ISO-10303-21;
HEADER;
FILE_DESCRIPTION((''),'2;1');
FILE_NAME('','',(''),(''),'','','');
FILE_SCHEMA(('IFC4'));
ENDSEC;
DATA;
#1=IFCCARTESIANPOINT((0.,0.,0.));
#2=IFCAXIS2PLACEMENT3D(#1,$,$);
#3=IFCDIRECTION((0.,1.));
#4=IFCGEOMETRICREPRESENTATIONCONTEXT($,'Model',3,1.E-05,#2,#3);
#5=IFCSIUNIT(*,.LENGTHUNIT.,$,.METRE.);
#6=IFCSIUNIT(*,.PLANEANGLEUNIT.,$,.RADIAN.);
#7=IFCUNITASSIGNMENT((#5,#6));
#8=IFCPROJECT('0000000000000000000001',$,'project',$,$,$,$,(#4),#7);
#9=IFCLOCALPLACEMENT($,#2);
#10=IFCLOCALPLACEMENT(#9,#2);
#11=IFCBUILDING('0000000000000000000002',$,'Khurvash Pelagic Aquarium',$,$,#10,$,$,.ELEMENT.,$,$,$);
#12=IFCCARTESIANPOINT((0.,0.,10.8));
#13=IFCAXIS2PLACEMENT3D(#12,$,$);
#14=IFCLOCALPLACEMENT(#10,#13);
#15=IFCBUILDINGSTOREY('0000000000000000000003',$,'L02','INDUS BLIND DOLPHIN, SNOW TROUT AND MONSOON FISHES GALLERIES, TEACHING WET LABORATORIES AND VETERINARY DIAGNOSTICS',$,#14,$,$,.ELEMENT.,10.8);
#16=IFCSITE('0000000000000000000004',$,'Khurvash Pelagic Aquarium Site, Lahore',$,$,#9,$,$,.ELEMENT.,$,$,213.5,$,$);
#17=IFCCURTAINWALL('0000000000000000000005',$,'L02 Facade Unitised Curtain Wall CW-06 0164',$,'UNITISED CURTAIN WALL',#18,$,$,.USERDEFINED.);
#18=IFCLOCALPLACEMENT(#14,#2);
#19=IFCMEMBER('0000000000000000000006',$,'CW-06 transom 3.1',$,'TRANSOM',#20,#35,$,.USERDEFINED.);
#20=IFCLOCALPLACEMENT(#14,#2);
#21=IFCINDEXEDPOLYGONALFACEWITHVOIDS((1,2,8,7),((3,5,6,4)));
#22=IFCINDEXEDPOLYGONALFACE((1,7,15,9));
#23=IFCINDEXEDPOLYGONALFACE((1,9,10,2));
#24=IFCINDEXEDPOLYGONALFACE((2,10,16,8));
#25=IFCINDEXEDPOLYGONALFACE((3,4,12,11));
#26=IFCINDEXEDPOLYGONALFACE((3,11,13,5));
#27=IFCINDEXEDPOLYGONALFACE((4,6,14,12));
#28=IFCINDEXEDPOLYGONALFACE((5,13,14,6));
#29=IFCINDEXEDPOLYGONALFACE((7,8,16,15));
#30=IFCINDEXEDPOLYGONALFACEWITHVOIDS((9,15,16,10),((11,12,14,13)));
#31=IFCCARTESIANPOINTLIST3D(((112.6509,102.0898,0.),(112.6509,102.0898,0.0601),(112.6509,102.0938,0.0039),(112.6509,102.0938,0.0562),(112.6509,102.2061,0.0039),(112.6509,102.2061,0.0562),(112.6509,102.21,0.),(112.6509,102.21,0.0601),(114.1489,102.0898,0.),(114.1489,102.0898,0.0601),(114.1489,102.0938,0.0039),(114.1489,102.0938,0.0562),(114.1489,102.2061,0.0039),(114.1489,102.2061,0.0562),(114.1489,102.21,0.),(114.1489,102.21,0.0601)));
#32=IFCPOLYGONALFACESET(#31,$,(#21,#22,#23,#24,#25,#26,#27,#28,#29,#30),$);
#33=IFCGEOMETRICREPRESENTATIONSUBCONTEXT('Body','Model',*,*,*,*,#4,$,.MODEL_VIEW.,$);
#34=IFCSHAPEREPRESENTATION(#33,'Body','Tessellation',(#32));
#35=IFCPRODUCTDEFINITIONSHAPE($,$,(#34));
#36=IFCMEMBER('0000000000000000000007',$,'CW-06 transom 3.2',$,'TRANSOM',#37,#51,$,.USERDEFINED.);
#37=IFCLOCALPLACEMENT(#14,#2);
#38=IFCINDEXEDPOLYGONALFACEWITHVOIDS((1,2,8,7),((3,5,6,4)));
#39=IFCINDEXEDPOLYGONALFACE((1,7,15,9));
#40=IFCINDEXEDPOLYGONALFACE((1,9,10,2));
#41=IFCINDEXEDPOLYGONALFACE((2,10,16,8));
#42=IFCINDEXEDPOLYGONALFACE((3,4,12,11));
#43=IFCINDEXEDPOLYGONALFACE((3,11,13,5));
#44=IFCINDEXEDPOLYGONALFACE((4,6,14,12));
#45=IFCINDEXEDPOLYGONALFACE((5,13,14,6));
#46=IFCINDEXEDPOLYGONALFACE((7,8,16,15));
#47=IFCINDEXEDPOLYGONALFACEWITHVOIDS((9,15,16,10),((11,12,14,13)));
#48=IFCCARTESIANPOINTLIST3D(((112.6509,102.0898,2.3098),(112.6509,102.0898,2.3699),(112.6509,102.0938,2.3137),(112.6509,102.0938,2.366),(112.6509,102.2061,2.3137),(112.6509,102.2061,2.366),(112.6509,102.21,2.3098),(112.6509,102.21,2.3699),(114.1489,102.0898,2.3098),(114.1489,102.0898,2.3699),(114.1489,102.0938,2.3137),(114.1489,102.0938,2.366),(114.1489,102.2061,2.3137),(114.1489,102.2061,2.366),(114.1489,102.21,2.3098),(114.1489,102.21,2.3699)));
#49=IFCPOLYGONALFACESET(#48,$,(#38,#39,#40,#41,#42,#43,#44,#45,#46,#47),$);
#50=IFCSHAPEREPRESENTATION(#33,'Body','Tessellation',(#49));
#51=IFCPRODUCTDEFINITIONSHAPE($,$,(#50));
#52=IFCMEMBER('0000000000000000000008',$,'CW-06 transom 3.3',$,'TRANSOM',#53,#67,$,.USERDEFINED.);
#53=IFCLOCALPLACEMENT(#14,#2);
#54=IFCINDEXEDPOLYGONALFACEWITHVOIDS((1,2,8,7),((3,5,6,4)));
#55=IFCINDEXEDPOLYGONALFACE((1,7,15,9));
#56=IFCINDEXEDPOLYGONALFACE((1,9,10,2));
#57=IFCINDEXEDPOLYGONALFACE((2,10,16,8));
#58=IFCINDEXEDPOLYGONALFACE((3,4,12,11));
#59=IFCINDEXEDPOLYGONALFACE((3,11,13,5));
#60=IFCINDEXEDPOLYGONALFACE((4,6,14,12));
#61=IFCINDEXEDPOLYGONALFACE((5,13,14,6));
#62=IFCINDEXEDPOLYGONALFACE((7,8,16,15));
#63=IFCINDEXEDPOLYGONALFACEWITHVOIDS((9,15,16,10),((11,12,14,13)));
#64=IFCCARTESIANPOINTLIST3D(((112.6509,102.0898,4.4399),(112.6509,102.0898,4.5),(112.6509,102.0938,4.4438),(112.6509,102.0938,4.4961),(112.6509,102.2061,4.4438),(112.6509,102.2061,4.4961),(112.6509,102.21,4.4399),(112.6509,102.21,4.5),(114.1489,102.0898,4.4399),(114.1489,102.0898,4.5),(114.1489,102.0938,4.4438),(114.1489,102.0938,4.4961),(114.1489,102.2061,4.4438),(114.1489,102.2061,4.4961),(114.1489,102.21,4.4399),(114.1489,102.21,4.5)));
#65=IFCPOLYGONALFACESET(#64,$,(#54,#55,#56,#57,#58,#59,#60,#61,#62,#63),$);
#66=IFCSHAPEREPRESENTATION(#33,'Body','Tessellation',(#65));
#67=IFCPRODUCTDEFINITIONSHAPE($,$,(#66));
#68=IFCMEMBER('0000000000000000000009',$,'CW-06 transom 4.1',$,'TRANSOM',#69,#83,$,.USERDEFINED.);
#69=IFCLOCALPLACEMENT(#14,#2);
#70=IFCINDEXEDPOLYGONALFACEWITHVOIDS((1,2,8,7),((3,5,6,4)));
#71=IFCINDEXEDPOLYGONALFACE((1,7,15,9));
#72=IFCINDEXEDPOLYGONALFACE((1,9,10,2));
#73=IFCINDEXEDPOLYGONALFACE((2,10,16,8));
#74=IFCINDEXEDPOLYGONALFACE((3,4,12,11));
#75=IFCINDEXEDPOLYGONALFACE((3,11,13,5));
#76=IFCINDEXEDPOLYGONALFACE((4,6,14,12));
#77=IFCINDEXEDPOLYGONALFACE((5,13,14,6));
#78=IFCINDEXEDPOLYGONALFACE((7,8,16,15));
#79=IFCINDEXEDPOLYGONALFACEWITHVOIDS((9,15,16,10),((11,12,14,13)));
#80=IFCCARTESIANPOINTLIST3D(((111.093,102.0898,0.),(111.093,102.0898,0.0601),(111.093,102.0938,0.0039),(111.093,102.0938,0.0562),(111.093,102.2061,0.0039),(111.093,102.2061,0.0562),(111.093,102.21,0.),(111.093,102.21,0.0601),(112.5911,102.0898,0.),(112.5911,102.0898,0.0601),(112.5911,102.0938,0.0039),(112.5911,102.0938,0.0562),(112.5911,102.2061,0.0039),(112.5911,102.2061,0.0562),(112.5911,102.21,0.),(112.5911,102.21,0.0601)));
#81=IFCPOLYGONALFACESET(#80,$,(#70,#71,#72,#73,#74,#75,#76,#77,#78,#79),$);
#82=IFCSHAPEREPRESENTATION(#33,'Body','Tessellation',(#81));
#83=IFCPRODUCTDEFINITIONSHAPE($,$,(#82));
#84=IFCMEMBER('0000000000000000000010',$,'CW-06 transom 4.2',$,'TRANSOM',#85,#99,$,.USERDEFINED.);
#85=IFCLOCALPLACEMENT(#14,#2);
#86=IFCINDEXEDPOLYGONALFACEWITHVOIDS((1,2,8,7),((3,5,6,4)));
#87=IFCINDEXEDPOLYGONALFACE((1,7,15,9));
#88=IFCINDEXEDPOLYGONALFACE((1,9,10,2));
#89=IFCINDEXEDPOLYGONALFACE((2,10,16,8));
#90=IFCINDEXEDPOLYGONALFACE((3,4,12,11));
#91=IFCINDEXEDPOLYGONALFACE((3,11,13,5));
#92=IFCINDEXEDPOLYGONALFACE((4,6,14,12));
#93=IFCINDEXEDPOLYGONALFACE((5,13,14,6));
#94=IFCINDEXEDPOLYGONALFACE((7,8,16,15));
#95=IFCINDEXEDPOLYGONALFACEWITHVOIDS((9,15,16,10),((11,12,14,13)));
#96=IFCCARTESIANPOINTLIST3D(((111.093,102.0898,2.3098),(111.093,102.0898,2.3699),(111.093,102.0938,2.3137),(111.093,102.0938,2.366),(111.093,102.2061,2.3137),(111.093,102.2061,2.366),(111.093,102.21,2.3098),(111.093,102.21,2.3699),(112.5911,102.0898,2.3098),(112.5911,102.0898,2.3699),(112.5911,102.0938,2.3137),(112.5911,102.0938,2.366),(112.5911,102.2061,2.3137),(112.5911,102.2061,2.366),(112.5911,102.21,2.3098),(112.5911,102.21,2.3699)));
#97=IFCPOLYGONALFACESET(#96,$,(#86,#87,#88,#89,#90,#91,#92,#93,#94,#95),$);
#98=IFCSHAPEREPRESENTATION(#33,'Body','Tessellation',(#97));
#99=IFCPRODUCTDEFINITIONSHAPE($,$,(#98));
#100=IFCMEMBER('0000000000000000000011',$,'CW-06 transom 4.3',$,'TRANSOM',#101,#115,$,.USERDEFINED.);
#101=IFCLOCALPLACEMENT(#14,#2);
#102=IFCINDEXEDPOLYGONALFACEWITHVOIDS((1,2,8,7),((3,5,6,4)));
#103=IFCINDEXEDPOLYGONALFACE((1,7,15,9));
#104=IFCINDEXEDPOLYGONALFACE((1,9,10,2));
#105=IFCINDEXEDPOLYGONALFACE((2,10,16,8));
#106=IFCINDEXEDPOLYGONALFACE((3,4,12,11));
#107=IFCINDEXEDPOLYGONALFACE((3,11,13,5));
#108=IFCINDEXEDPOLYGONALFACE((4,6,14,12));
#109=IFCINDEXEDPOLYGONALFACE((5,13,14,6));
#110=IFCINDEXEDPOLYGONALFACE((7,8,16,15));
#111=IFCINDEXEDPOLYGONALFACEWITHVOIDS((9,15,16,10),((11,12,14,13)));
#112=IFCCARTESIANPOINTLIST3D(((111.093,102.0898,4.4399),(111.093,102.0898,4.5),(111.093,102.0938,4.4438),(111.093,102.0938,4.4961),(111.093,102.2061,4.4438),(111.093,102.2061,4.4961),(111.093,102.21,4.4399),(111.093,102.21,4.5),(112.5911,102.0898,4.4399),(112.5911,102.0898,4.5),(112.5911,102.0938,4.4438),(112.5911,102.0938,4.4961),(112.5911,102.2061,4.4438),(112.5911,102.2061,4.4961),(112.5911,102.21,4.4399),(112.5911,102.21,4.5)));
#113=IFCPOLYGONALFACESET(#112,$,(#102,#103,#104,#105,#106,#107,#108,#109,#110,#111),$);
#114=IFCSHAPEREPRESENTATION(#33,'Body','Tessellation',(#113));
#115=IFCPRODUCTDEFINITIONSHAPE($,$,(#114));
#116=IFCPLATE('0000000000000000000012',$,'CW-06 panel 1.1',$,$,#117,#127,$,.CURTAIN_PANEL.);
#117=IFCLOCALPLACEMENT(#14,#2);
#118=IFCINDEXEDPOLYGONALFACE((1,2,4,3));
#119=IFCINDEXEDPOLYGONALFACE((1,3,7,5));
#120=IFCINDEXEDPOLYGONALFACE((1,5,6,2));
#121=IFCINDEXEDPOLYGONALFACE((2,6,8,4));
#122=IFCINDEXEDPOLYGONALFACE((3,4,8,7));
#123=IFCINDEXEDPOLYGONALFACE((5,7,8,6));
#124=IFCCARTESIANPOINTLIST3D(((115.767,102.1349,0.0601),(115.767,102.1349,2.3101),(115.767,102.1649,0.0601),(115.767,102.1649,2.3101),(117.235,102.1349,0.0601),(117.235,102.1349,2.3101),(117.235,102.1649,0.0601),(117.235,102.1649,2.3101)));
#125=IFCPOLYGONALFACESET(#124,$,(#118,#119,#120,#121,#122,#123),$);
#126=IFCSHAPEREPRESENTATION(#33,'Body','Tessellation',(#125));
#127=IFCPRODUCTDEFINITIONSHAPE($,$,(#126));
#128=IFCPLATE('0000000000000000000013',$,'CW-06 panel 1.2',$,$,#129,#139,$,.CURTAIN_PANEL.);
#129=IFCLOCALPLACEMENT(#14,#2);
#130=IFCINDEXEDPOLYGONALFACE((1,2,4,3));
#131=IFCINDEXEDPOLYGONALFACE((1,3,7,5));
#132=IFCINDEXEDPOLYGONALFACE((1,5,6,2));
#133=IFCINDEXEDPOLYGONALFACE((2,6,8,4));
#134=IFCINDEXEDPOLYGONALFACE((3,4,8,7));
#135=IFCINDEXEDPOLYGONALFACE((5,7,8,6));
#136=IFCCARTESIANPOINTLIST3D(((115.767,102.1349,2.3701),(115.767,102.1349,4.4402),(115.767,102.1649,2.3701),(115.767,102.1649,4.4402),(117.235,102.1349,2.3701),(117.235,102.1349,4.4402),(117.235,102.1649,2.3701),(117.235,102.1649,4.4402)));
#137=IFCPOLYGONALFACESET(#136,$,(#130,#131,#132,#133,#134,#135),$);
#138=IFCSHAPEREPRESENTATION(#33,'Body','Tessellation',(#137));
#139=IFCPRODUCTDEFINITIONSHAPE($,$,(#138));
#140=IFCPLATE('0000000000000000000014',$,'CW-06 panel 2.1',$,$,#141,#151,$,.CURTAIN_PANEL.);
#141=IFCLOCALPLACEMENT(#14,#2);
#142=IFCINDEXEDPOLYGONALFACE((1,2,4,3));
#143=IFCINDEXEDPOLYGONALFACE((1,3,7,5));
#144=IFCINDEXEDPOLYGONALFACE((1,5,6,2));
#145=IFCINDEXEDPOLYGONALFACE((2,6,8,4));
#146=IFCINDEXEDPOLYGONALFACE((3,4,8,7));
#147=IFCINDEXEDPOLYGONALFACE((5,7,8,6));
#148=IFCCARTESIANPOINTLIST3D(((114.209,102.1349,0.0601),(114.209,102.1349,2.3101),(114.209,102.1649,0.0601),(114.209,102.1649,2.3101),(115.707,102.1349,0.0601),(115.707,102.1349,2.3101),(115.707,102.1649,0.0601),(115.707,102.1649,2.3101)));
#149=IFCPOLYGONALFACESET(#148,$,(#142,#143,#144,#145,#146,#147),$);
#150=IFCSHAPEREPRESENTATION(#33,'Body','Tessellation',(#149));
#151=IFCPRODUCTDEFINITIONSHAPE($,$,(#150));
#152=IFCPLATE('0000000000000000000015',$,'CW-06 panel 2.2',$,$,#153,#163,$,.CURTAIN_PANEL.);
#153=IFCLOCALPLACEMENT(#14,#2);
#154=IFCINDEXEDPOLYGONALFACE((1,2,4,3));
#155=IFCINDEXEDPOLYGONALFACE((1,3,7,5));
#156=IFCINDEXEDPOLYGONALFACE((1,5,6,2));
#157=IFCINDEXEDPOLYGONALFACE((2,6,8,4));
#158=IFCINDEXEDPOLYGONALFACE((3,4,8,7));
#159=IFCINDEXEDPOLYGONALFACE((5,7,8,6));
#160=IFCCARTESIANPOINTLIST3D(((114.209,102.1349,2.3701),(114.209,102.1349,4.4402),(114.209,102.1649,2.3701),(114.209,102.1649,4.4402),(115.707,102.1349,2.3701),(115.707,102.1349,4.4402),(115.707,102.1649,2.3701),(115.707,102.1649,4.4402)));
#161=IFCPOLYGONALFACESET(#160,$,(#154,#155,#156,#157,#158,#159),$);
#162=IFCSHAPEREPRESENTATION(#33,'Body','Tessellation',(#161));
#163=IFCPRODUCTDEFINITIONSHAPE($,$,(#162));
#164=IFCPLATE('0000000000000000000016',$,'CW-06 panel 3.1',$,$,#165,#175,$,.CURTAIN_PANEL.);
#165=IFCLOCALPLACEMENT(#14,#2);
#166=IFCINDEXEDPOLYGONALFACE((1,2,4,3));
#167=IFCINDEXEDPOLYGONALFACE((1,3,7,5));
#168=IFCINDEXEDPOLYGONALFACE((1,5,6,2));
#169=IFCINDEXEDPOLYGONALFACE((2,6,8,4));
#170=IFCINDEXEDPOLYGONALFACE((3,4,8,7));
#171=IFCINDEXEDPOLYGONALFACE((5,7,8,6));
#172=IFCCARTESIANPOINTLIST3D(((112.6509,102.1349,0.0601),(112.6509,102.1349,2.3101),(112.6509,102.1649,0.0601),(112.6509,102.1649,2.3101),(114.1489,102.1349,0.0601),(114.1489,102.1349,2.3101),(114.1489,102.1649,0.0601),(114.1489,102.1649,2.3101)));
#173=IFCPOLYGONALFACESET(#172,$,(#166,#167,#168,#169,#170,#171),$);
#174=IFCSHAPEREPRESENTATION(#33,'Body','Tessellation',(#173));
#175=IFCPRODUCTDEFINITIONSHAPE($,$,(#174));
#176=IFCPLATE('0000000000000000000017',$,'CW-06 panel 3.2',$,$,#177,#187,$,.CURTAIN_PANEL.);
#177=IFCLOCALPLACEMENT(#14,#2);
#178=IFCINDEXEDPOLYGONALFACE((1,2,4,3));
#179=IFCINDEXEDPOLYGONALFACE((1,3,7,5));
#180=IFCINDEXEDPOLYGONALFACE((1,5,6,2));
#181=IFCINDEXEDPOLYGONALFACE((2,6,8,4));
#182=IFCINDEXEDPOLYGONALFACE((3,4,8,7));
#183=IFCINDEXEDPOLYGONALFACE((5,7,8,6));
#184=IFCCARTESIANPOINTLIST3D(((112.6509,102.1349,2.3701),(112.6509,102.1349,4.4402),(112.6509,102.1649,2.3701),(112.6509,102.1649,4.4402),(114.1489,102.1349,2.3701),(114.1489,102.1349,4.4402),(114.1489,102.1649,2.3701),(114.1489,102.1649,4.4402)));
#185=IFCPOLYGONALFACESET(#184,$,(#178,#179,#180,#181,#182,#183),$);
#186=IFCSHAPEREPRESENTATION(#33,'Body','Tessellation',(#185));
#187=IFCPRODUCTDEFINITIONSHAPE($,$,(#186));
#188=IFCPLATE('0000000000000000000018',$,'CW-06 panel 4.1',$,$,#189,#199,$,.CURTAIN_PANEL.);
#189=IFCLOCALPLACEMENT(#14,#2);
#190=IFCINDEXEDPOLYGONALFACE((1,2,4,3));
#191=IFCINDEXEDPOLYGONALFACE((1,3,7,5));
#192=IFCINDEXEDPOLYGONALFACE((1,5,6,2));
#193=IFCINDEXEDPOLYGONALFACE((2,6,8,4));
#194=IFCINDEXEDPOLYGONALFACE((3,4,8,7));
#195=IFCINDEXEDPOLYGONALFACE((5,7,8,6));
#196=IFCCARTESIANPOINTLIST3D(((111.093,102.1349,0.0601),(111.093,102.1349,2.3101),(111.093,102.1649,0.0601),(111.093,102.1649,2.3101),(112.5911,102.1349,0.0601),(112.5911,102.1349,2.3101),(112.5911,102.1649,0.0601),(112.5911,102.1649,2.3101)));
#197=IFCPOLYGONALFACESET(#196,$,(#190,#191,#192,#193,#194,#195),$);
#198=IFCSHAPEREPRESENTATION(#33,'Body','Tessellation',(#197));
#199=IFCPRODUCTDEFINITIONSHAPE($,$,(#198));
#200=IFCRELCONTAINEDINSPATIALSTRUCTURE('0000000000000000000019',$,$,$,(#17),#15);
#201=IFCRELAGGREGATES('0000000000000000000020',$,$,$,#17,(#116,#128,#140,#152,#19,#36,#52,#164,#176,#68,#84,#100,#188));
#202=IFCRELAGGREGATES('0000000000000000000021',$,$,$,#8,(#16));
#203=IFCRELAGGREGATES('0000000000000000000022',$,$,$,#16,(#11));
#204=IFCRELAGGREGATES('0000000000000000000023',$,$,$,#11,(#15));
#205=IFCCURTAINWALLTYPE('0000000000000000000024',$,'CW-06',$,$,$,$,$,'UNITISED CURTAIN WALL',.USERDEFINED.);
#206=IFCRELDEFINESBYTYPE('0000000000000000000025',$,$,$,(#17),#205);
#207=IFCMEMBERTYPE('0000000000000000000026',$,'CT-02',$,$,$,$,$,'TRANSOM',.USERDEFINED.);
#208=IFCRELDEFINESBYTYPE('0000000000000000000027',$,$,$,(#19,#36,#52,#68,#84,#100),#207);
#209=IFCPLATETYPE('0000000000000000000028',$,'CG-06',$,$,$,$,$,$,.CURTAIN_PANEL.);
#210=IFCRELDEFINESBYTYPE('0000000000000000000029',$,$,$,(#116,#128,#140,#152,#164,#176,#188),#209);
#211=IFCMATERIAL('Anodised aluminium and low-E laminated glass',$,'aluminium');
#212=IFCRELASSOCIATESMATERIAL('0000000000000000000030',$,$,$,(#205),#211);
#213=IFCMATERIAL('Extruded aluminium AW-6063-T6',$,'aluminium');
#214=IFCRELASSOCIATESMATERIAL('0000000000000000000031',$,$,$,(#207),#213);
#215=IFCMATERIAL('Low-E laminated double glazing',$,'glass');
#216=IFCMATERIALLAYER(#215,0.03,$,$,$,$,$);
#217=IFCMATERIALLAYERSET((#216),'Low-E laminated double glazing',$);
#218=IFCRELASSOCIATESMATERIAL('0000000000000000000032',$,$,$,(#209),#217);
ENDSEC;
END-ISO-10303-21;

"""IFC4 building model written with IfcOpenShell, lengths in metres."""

from ifc_helpers import new_model, si_unit, direction, frame, origin, origin_2d, place, context, subcontext, project, spatial, rectangle, hollow_rectangle, extrude, material, layer, layer_set, material_profile, profile_set, type_object, element, aggregate, save


model = new_model("IFC4")

# Units and contexts
model_context = context("Model", 3, precision=1e-05, world=origin(), true_north=direction((0.0, 1.0)))
body_context = subcontext(model_context, "Body", "Model", "MODEL_VIEW")
ifc_project = project(units=[si_unit("LENGTHUNIT", "METRE"), si_unit("PLANEANGLEUNIT", "RADIAN")], contexts=[model_context])

# Site, building, storey
site_placement = place(None, origin())
site = spatial("IfcSite", under=ifc_project, at=site_placement, Name="Khurvash Pelagic Aquarium Site, Lahore", CompositionType="ELEMENT", RefElevation=213.5)
building_placement = place(site_placement, origin())
building = spatial("IfcBuilding", under=site, at=building_placement, Name="Khurvash Pelagic Aquarium", CompositionType="ELEMENT")
storey_placement = place(building_placement, frame((0.0, 0.0, 10.8)))
storey = spatial("IfcBuildingStorey", under=building, at=storey_placement, Name="L02", Description="INDUS BLIND DOLPHIN, SNOW TROUT AND MONSOON FISHES GALLERIES, TEACHING WET LABORATORIES AND VETERINARY DIAGNOSTICS", CompositionType="ELEMENT", Elevation=10.8)

# Curtain wall, members, plates
ifc_material_1 = material(Name="Anodised aluminium and low-E laminated glass", Category="aluminium")
curtain_wall_type = type_object("IfcCurtainWallType", Name="CW-06", ElementType="UNITISED CURTAIN WALL", PredefinedType="USERDEFINED", material=ifc_material_1)
curtain_wall_placement = place(storey_placement, origin())
curtain_wall = element("IfcCurtainWall", 1, at=curtain_wall_placement, inside=storey, type_object=curtain_wall_type, Name="L02 Facade Unitised Curtain Wall CW-06 0164", ObjectType="UNITISED CURTAIN WALL", PredefinedType="USERDEFINED")
ifc_material_2 = material(Name="Extruded aluminium AW-6063-T6", Category="aluminium")
ifc_material_profile_1 = material_profile(ifc_material_2, hollow_rectangle(XDim=0.1201, YDim=0.0601, WallThickness=0.0039, at=origin_2d()), Name="CWT120X60X4")
ifc_profile_set_1 = profile_set([ifc_material_profile_1], Name="Extruded aluminium AW-6063-T6")
member_type_1 = type_object("IfcMemberType", Name="CT-02", ElementType="TRANSOM", PredefinedType="USERDEFINED", material=ifc_profile_set_1)
member_1_placement = place(storey_placement, frame((114.1489, 102.1499, 0.03), z_axis=(-1.0, 0.0, 0.0), x_axis=(0.0, -1.0, 0.0)))
member_1 = element("IfcMember", 2, at=member_1_placement, type_object=member_type_1, Name="CW-06 transom 3.1", ObjectType="TRANSOM", PredefinedType="USERDEFINED", context=body_context, shape_type="SweptSolid", body=[
    extrude(hollow_rectangle(XDim=0.1201, YDim=0.0601, WallThickness=0.0039, at=origin_2d()), origin(), (0.0, 0.0, 1.0), 1.498),
])
member_2_placement = place(storey_placement, frame((114.1489, 102.1499, 2.3398), z_axis=(-1.0, 0.0, 0.0), x_axis=(0.0, -1.0, 0.0)))
member_2 = element("IfcMember", 3, at=member_2_placement, type_object=member_type_1, Name="CW-06 transom 3.2", ObjectType="TRANSOM", PredefinedType="USERDEFINED", context=body_context, shape_type="SweptSolid", body=[
    extrude(hollow_rectangle(XDim=0.1201, YDim=0.0601, WallThickness=0.0039, at=origin_2d()), origin(), (0.0, 0.0, 1.0), 1.498),
])
member_3_placement = place(storey_placement, frame((114.1489, 102.1499, 4.47), z_axis=(-1.0, 0.0, 0.0), x_axis=(0.0, -1.0, 0.0)))
member_3 = element("IfcMember", 4, at=member_3_placement, type_object=member_type_1, Name="CW-06 transom 3.3", ObjectType="TRANSOM", PredefinedType="USERDEFINED", context=body_context, shape_type="SweptSolid", body=[
    extrude(hollow_rectangle(XDim=0.1201, YDim=0.0601, WallThickness=0.0039, at=origin_2d()), origin(), (0.0, 0.0, 1.0), 1.498),
])
member_4_placement = place(storey_placement, frame((112.5911, 102.1499, 0.03), z_axis=(-1.0, 0.0, 0.0), x_axis=(0.0, -1.0, 0.0)))
member_4 = element("IfcMember", 5, at=member_4_placement, type_object=member_type_1, Name="CW-06 transom 4.1", ObjectType="TRANSOM", PredefinedType="USERDEFINED", context=body_context, shape_type="SweptSolid", body=[
    extrude(hollow_rectangle(XDim=0.1201, YDim=0.0601, WallThickness=0.0039, at=origin_2d()), origin(), (0.0, 0.0, 1.0), 1.498),
])
member_5_placement = place(storey_placement, frame((112.5911, 102.1499, 2.3398), z_axis=(-1.0, 0.0, 0.0), x_axis=(0.0, -1.0, 0.0)))
member_5 = element("IfcMember", 6, at=member_5_placement, type_object=member_type_1, Name="CW-06 transom 4.2", ObjectType="TRANSOM", PredefinedType="USERDEFINED", context=body_context, shape_type="SweptSolid", body=[
    extrude(hollow_rectangle(XDim=0.1201, YDim=0.0601, WallThickness=0.0039, at=origin_2d()), origin(), (0.0, 0.0, 1.0), 1.498),
])
member_6_placement = place(storey_placement, frame((112.5911, 102.1499, 4.47), z_axis=(-1.0, 0.0, 0.0), x_axis=(0.0, -1.0, 0.0)))
member_6 = element("IfcMember", 7, at=member_6_placement, type_object=member_type_1, Name="CW-06 transom 4.3", ObjectType="TRANSOM", PredefinedType="USERDEFINED", context=body_context, shape_type="SweptSolid", body=[
    extrude(hollow_rectangle(XDim=0.1201, YDim=0.0601, WallThickness=0.0039, at=origin_2d()), origin(), (0.0, 0.0, 1.0), 1.498),
])
ifc_material_3 = material(Name="Low-E laminated double glazing", Category="glass")
ifc_layer = layer(ifc_material_3, 0.03)
ifc_layer_set = layer_set([ifc_layer], Name="Low-E laminated double glazing")
plate_type = type_object("IfcPlateType", Name="CG-06", PredefinedType="CURTAIN_PANEL", material=ifc_layer_set)
plate_1_placement = place(storey_placement, frame((116.501, 102.1499, 0.0601), z_axis=(0.0, 0.0, 1.0), x_axis=(-1.0, 0.0, 0.0)))
plate_1 = element("IfcPlate", 8, at=plate_1_placement, type_object=plate_type, Name="CW-06 panel 1.1", PredefinedType="CURTAIN_PANEL", context=body_context, shape_type="SweptSolid", body=[
    extrude(rectangle(XDim=1.468, YDim=0.03, at=origin_2d()), origin(), (0.0, 0.0, 1.0), 2.25),
])
plate_2_placement = place(storey_placement, frame((116.501, 102.1499, 2.3701), z_axis=(0.0, 0.0, 1.0), x_axis=(-1.0, 0.0, 0.0)))
plate_2 = element("IfcPlate", 9, at=plate_2_placement, type_object=plate_type, Name="CW-06 panel 1.2", PredefinedType="CURTAIN_PANEL", context=body_context, shape_type="SweptSolid", body=[
    extrude(rectangle(XDim=1.468, YDim=0.03, at=origin_2d()), origin(), (0.0, 0.0, 1.0), 2.0701),
])
plate_3_placement = place(storey_placement, frame((114.958, 102.1499, 0.0601), z_axis=(0.0, 0.0, 1.0), x_axis=(-1.0, 0.0, 0.0)))
plate_3 = element("IfcPlate", 10, at=plate_3_placement, type_object=plate_type, Name="CW-06 panel 2.1", PredefinedType="CURTAIN_PANEL", context=body_context, shape_type="SweptSolid", body=[
    extrude(rectangle(XDim=1.498, YDim=0.03, at=origin_2d()), origin(), (0.0, 0.0, 1.0), 2.25),
])
plate_4_placement = place(storey_placement, frame((114.958, 102.1499, 2.3701), z_axis=(0.0, 0.0, 1.0), x_axis=(-1.0, 0.0, 0.0)))
plate_4 = element("IfcPlate", 11, at=plate_4_placement, type_object=plate_type, Name="CW-06 panel 2.2", PredefinedType="CURTAIN_PANEL", context=body_context, shape_type="SweptSolid", body=[
    extrude(rectangle(XDim=1.498, YDim=0.03, at=origin_2d()), origin(), (0.0, 0.0, 1.0), 2.0701),
])
plate_5_placement = place(storey_placement, frame((113.3999, 102.1499, 0.0601), z_axis=(0.0, 0.0, 1.0), x_axis=(-1.0, 0.0, 0.0)))
plate_5 = element("IfcPlate", 12, at=plate_5_placement, type_object=plate_type, Name="CW-06 panel 3.1", PredefinedType="CURTAIN_PANEL", context=body_context, shape_type="SweptSolid", body=[
    extrude(rectangle(XDim=1.498, YDim=0.03, at=origin_2d()), origin(), (0.0, 0.0, 1.0), 2.25),
])
plate_6_placement = place(storey_placement, frame((113.3999, 102.1499, 2.3701), z_axis=(0.0, 0.0, 1.0), x_axis=(-1.0, 0.0, 0.0)))
plate_6 = element("IfcPlate", 13, at=plate_6_placement, type_object=plate_type, Name="CW-06 panel 3.2", PredefinedType="CURTAIN_PANEL", context=body_context, shape_type="SweptSolid", body=[
    extrude(rectangle(XDim=1.498, YDim=0.03, at=origin_2d()), origin(), (0.0, 0.0, 1.0), 2.0701),
])
plate_7_placement = place(storey_placement, frame((111.842, 102.1499, 0.0601), z_axis=(0.0, 0.0, 1.0), x_axis=(-1.0, 0.0, 0.0)))
plate_7 = element("IfcPlate", 14, at=plate_7_placement, type_object=plate_type, Name="CW-06 panel 4.1", PredefinedType="CURTAIN_PANEL", context=body_context, shape_type="SweptSolid", body=[
    extrude(rectangle(XDim=1.498, YDim=0.03, at=origin_2d()), origin(), (0.0, 0.0, 1.0), 2.25),
])
aggregate(curtain_wall, [plate_1, plate_2, plate_3, plate_4, member_1, member_2, member_3, plate_5, plate_6, member_4, member_5, member_6, plate_7])

save(model, "model.ifc")
